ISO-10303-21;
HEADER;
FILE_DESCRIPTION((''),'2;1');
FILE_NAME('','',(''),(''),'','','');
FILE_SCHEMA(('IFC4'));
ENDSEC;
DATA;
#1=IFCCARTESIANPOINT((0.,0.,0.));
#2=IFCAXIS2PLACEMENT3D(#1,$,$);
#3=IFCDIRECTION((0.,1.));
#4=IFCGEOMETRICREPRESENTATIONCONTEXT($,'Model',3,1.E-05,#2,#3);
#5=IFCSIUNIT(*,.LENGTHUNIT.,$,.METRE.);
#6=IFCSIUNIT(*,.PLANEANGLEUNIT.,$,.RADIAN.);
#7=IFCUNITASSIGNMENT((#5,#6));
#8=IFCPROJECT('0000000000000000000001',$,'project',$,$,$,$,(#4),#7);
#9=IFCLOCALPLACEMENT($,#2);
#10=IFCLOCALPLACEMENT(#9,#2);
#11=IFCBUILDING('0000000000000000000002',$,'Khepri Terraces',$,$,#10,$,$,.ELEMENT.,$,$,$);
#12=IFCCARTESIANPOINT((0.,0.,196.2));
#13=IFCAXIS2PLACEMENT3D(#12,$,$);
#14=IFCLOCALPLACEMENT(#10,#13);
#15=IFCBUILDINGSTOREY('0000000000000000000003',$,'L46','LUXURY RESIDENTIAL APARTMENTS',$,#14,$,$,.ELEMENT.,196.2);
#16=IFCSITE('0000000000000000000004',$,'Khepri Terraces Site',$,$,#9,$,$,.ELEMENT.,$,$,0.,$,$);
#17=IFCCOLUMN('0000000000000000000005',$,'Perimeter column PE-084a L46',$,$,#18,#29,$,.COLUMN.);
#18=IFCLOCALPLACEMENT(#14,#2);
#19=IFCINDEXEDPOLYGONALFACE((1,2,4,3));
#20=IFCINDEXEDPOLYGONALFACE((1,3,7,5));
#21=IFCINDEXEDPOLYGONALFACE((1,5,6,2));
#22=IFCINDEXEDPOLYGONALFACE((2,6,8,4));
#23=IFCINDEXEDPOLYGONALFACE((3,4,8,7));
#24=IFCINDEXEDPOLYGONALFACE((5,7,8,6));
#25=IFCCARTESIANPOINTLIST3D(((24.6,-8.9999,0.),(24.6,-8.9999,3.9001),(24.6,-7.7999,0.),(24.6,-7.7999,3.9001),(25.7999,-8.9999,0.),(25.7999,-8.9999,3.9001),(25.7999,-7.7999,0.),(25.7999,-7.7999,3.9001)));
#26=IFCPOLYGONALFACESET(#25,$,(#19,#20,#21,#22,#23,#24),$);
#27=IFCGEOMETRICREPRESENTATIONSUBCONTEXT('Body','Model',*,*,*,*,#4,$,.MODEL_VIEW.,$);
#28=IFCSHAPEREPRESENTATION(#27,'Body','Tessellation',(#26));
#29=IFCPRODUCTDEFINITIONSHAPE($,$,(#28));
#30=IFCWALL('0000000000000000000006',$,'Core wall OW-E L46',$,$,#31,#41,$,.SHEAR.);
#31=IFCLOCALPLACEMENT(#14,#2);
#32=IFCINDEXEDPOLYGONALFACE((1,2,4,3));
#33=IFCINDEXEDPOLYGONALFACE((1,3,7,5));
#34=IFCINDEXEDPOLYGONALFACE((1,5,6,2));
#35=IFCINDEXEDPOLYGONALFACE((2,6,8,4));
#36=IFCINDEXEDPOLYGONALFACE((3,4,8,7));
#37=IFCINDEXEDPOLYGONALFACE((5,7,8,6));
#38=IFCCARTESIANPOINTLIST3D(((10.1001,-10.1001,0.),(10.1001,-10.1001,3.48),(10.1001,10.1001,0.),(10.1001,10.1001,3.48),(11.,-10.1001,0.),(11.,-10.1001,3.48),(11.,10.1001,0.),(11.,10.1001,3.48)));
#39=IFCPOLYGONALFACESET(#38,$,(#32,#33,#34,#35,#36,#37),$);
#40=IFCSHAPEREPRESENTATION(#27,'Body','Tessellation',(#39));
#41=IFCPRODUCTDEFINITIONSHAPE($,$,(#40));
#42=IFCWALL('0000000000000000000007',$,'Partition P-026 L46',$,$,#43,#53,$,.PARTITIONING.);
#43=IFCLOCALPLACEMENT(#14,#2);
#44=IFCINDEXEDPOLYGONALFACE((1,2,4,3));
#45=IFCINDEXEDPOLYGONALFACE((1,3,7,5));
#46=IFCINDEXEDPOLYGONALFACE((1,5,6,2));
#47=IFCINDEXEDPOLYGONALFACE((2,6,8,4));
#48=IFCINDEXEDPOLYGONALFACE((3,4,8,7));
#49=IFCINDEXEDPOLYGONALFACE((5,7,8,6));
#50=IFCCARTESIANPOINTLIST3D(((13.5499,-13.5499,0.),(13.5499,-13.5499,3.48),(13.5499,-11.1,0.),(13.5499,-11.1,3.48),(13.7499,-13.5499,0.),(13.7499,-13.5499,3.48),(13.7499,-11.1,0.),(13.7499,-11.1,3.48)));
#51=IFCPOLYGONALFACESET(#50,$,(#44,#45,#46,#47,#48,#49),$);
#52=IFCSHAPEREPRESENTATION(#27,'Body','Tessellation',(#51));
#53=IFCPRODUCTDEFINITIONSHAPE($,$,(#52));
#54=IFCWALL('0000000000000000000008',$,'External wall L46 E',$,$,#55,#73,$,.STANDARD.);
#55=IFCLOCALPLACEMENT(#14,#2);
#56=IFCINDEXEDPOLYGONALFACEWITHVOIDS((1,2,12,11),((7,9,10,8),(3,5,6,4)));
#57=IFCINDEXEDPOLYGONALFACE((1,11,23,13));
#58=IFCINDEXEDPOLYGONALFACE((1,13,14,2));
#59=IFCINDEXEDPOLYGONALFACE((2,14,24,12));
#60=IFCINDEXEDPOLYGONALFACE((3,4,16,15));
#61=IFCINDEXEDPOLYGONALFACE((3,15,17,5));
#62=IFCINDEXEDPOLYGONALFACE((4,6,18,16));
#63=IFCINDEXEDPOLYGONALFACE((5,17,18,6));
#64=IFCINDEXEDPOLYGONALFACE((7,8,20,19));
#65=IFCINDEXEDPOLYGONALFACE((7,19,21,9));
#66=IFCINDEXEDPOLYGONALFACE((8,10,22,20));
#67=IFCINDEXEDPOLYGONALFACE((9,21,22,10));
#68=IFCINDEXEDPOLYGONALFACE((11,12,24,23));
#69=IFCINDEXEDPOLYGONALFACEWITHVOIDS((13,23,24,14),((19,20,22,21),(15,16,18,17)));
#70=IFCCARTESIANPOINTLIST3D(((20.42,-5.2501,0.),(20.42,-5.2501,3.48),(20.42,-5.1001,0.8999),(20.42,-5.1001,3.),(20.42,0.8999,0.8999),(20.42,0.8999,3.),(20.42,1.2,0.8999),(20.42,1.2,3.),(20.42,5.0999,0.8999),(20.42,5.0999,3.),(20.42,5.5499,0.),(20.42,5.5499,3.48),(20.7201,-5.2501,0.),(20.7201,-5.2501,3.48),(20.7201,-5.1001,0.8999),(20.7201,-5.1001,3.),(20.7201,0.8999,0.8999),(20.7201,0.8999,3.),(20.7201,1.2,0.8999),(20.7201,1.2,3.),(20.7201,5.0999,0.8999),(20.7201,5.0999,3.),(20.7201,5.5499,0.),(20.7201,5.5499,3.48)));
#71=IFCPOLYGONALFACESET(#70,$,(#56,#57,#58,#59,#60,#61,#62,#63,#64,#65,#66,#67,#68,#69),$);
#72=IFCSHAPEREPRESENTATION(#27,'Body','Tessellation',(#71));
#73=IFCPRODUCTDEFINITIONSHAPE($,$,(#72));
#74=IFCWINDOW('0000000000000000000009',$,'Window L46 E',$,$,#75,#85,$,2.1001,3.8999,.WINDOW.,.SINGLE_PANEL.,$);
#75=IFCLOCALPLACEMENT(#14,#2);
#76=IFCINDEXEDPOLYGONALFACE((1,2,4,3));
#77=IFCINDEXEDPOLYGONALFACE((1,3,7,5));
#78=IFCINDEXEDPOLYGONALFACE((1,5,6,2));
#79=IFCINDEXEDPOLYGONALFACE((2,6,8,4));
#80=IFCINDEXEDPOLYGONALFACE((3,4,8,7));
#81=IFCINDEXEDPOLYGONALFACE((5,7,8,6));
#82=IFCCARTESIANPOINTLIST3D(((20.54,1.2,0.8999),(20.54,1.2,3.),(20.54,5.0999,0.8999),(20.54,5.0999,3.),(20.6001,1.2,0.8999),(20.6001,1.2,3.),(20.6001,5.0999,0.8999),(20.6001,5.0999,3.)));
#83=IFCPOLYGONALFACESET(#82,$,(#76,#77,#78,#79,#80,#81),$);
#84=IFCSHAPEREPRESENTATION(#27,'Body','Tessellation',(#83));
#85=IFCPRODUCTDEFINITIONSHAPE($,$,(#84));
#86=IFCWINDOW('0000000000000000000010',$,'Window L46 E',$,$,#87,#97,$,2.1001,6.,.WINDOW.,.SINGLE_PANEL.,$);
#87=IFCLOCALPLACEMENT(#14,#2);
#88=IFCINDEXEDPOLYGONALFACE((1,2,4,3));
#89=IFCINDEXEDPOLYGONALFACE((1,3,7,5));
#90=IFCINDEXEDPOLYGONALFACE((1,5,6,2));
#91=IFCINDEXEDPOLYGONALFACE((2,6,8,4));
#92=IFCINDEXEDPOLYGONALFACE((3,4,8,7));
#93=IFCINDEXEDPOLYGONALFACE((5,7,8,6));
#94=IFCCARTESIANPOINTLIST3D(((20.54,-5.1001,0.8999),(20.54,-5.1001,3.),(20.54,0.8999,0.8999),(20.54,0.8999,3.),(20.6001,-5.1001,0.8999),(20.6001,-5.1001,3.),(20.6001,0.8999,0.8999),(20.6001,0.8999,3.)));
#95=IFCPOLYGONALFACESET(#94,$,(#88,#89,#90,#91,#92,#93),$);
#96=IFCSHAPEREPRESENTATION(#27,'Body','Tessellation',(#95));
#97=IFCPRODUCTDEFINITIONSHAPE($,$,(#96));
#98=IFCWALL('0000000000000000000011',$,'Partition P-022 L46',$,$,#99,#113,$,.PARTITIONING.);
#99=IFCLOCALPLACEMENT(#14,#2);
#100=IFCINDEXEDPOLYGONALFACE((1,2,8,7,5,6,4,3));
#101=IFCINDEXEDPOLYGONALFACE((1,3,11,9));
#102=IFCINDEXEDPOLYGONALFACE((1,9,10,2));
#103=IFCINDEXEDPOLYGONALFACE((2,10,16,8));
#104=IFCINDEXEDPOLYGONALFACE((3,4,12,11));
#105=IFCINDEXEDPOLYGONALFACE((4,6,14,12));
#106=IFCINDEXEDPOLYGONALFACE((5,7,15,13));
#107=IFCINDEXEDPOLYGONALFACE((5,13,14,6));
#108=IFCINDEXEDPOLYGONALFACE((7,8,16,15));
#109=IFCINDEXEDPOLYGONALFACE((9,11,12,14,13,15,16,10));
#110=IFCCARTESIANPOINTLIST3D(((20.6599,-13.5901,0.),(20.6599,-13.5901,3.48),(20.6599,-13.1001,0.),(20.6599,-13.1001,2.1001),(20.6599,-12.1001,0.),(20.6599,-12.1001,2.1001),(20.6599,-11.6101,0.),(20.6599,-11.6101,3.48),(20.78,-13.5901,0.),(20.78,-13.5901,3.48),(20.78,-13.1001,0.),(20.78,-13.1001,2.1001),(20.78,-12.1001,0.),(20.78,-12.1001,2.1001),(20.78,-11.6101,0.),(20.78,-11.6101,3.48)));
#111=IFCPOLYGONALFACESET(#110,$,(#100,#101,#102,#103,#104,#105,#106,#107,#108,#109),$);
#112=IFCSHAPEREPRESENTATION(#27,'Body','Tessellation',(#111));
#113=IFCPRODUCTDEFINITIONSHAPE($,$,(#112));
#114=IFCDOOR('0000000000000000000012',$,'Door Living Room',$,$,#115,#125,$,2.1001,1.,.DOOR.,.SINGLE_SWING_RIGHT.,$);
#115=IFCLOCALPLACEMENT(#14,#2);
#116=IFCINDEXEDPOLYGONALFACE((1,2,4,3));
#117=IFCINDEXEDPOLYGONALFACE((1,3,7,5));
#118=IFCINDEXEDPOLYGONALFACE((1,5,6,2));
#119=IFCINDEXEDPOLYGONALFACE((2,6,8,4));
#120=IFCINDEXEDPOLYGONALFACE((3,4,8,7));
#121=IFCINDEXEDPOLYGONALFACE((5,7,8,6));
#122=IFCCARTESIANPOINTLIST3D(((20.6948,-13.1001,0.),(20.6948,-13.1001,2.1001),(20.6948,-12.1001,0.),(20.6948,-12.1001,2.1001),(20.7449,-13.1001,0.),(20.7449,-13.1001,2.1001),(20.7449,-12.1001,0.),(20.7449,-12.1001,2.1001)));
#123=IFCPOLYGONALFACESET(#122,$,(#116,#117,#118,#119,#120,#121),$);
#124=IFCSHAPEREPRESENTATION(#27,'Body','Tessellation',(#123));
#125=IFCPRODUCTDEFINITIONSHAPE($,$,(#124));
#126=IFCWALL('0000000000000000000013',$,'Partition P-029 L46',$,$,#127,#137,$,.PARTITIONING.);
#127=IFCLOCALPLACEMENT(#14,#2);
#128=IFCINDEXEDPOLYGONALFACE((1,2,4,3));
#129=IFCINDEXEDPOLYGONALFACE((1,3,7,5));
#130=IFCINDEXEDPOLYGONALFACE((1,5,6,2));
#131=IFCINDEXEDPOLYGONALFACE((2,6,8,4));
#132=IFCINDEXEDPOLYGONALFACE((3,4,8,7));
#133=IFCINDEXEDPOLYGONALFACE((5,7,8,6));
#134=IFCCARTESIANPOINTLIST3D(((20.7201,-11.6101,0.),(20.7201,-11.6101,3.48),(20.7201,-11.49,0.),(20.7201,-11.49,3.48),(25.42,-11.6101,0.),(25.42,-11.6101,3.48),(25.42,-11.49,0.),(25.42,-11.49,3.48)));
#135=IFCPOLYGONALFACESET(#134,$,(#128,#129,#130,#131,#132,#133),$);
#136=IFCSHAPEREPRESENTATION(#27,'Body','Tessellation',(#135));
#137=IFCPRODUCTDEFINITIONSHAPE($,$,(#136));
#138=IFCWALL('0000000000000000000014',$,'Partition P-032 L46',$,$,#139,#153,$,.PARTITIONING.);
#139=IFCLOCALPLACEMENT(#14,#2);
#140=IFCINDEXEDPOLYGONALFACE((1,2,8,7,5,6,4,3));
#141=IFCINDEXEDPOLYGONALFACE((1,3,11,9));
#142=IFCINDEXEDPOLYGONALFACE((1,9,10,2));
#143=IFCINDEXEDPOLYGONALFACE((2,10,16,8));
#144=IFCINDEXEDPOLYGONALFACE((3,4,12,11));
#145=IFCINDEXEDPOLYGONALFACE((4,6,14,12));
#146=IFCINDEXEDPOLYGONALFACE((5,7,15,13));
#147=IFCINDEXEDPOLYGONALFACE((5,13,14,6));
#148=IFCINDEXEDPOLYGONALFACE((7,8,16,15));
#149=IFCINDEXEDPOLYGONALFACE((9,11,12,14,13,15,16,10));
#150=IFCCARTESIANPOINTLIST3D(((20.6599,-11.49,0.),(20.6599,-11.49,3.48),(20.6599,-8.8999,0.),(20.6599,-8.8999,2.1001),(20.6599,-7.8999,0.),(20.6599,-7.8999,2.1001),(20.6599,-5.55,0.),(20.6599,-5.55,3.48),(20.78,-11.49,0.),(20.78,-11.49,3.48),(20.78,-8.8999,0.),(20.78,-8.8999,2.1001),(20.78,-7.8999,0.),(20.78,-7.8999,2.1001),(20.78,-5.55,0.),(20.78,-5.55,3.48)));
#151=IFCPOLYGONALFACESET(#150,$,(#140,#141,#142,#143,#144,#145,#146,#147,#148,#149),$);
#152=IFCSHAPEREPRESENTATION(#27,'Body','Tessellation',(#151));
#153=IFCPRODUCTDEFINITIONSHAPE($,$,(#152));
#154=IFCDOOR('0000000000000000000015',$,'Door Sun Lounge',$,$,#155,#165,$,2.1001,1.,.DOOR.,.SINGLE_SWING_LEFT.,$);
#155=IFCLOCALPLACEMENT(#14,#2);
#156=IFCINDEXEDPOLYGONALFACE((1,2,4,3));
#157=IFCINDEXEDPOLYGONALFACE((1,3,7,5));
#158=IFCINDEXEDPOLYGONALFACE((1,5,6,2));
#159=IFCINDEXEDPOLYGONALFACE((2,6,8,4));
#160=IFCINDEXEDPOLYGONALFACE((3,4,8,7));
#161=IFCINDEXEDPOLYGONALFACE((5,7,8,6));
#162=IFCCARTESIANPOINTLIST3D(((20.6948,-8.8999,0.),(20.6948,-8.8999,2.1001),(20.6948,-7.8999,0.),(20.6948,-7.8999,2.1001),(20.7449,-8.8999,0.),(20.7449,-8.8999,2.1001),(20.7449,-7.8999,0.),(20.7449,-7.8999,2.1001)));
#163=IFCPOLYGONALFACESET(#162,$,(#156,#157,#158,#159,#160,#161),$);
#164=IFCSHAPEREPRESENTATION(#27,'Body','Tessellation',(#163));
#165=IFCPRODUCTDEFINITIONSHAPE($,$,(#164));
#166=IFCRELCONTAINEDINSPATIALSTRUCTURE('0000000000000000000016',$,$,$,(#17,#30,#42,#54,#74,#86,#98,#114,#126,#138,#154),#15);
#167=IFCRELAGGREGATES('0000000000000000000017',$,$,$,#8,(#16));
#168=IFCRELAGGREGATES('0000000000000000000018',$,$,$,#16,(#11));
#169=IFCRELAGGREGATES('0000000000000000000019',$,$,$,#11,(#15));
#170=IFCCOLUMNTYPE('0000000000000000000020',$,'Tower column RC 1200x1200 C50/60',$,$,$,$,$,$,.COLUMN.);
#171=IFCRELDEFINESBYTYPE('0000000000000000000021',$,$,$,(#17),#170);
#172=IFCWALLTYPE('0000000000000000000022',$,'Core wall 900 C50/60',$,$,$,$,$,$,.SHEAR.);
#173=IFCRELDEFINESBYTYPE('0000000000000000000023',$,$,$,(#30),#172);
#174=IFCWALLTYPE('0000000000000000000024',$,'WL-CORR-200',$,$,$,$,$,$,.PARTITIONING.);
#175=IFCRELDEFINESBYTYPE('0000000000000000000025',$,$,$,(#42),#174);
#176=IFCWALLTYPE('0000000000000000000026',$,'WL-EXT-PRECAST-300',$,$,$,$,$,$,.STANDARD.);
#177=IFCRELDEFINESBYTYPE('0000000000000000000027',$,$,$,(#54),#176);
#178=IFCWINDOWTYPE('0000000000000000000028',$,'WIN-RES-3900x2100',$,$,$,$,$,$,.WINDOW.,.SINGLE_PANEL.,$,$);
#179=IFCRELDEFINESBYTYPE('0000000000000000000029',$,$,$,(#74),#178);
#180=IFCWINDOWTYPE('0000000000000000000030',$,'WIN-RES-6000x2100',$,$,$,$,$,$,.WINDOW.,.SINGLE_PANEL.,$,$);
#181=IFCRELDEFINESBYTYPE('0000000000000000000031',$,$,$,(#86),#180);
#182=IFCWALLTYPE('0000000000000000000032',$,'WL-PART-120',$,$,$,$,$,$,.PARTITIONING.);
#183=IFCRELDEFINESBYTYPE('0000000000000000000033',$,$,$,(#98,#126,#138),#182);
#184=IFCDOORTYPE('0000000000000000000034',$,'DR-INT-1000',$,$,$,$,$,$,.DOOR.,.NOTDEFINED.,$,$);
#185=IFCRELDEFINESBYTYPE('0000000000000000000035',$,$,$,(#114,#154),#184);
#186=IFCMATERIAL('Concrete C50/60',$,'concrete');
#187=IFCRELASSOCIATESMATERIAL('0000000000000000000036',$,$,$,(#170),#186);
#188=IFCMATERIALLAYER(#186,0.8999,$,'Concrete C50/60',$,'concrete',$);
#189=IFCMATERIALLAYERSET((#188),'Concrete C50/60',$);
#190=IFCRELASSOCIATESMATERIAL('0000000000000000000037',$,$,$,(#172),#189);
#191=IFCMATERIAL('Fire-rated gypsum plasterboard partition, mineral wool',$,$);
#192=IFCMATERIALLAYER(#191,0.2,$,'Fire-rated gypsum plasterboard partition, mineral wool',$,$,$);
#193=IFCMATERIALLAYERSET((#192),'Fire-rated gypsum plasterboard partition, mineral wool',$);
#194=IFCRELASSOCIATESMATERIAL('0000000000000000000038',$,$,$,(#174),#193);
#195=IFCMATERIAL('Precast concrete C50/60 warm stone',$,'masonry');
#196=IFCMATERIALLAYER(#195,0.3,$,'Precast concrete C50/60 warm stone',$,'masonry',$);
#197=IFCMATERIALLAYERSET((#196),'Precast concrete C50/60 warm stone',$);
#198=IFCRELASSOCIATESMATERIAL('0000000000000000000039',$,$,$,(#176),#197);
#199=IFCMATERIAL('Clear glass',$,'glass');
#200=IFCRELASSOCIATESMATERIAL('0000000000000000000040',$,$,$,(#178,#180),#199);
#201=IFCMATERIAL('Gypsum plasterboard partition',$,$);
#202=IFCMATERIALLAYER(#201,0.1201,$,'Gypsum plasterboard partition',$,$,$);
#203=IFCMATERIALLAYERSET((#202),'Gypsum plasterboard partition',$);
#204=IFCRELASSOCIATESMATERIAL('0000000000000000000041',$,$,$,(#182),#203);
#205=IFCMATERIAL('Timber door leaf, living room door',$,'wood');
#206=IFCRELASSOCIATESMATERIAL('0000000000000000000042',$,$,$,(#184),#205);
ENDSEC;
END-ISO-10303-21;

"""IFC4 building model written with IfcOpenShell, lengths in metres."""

from ifc_helpers import new_model, si_unit, direction, frame, frame_2d, origin, origin_2d, place, context, subcontext, project, spatial, rectangle, extrude, material, layer, layer_set, material_profile, profile_set, type_object, element, fill, save


model = new_model("IFC4")

# Units and contexts
model_context = context("Model", 3, precision=1e-05, world=origin(), true_north=direction((0.0, 1.0)))
body_context = subcontext(model_context, "Body", "Model", "MODEL_VIEW")
ifc_project = project(units=[si_unit("LENGTHUNIT", "METRE"), si_unit("PLANEANGLEUNIT", "RADIAN")], contexts=[model_context])

# Site, building, storey
site_placement = place(None, origin())
site = spatial("IfcSite", under=ifc_project, at=site_placement, Name="Khepri Terraces Site", CompositionType="ELEMENT", RefElevation=0.0)
building_placement = place(site_placement, origin())
building = spatial("IfcBuilding", under=site, at=building_placement, Name="Khepri Terraces", CompositionType="ELEMENT")
storey_placement = place(building_placement, frame((0.0, 0.0, 196.2)))
storey = spatial("IfcBuildingStorey", under=building, at=storey_placement, Name="L46", Description="LUXURY RESIDENTIAL APARTMENTS", CompositionType="ELEMENT", Elevation=196.2)

# Column
ifc_material_1 = material(Name="Concrete C50/60", Category="concrete")
ifc_material_profile = material_profile(ifc_material_1, rectangle(XDim=1.2, YDim=1.2, at=origin_2d()), Name="Concrete C50/60", Category="concrete")
ifc_profile_set = profile_set([ifc_material_profile], Name="Concrete C50/60")
column_type = type_object("IfcColumnType", Name="Tower column RC 1200x1200 C50/60", PredefinedType="COLUMN", material=ifc_profile_set)
column_placement = place(storey_placement, frame((25.2, -8.3999, 0.0), z_axis=(0.0, 0.0, 1.0), x_axis=(1.0, 0.0, 0.0)))
element("IfcColumn", 1, at=column_placement, inside=storey, type_object=column_type, Name="Perimeter column PE-084a L46", PredefinedType="COLUMN", context=body_context, shape_type="SweptSolid", body=[
    extrude(rectangle(XDim=1.2, YDim=1.2, at=origin_2d()), origin(), (0.0, 0.0, 1.0), 3.9001),
])

# Walls
ifc_layer_1 = layer(ifc_material_1, 0.8999, Name="Concrete C50/60", Category="concrete")
ifc_layer_set_1 = layer_set([ifc_layer_1], Name="Concrete C50/60")
wall_type_1 = type_object("IfcWallType", Name="Core wall 900 C50/60", PredefinedType="SHEAR", material=ifc_layer_set_1)
wall_1_placement = place(storey_placement, frame((10.55, -10.1001, 0.0), z_axis=(0.0, 0.0, 1.0), x_axis=(0.0, 1.0, 0.0)))
element("IfcWall", 2, at=wall_1_placement, inside=storey, type_object=wall_type_1, Name="Core wall OW-E L46", PredefinedType="SHEAR", context=body_context, shape_type="SweptSolid", body=[
    extrude(rectangle(XDim=20.2002, YDim=0.8999, at=frame_2d((10.1001, 0.0))), origin(), (0.0, 0.0, 1.0), 3.48),
])
ifc_material_2 = material(Name="Fire-rated gypsum plasterboard partition, mineral wool")
ifc_layer_2 = layer(ifc_material_2, 0.2, Name="Fire-rated gypsum plasterboard partition, mineral wool")
ifc_layer_set_2 = layer_set([ifc_layer_2], Name="Fire-rated gypsum plasterboard partition, mineral wool")
wall_type_2 = type_object("IfcWallType", Name="WL-CORR-200", PredefinedType="PARTITIONING", material=ifc_layer_set_2)
wall_2_placement = place(storey_placement, frame((13.6499, -13.55, 0.0), z_axis=(0.0, 0.0, 1.0), x_axis=(0.0, 1.0, 0.0)))
element("IfcWall", 3, at=wall_2_placement, inside=storey, type_object=wall_type_2, Name="Partition P-026 L46", PredefinedType="PARTITIONING", context=body_context, shape_type="SweptSolid", body=[
    extrude(rectangle(XDim=2.45, YDim=0.2, at=frame_2d((1.2251, 0.0))), origin(), (0.0, 0.0, 1.0), 3.48),
])

# Shared definitions
ifc_material_3 = material(Name="Precast concrete C50/60 warm stone", Category="masonry")
ifc_layer_3 = layer(ifc_material_3, 0.3, Name="Precast concrete C50/60 warm stone", Category="masonry")
ifc_layer_set_3 = layer_set([ifc_layer_3], Name="Precast concrete C50/60 warm stone")
wall_type_3 = type_object("IfcWallType", Name="WL-EXT-PRECAST-300", PredefinedType="STANDARD", material=ifc_layer_set_3)

# Wall, openings, windows
wall_3_placement = place(storey_placement, frame((20.5701, -5.25, 0.0), z_axis=(0.0, 0.0, 1.0), x_axis=(0.0, 1.0, 0.0)))
wall_3 = element("IfcWall", 4, at=wall_3_placement, inside=storey, type_object=wall_type_3, Name="External wall L46 E", PredefinedType="STANDARD", context=body_context, shape_type="SweptSolid", body=[
    extrude(rectangle(XDim=10.8, YDim=0.3, at=frame_2d((5.3999, 0.0))), origin(), (0.0, 0.0, 1.0), 3.48),
])
opening_1_placement = place(wall_3_placement, frame((0.1499, 0.0, 0.8999)))
opening_1 = element("IfcOpeningElement", 5, at=opening_1_placement, cuts=wall_3, PredefinedType="OPENING", context=body_context, shape_type="SweptSolid", body=[
    extrude(rectangle(XDim=6.0, YDim=2.1001, at=frame_2d((3.0, 1.05))), frame((0.0, 0.1602, 0.0), z_axis=(0.0, -1.0, 0.0), x_axis=(1.0, 0.0, 0.0)), (0.0, 0.0, 1.0), 0.3201),
])
opening_2_placement = place(wall_3_placement, frame((6.45, 0.0, 0.8999)))
opening_2 = element("IfcOpeningElement", 6, at=opening_2_placement, cuts=wall_3, PredefinedType="OPENING", context=body_context, shape_type="SweptSolid", body=[
    extrude(rectangle(XDim=3.8999, YDim=2.1001, at=frame_2d((1.95, 1.05))), frame((0.0, 0.1602, 0.0), z_axis=(0.0, -1.0, 0.0), x_axis=(1.0, 0.0, 0.0)), (0.0, 0.0, 1.0), 0.3201),
])
ifc_material_4 = material(Name="Clear glass", Category="glass")
window_type_1 = type_object("IfcWindowType", Name="WIN-RES-3900x2100", PartitioningType="SINGLE_PANEL", PredefinedType="WINDOW", material=ifc_material_4)
window_1_placement = place(opening_2_placement, origin())
window_1 = element("IfcWindow", 7, at=window_1_placement, inside=storey, type_object=window_type_1, Name="Window L46 E", OverallHeight=2.1001, OverallWidth=3.8999, PartitioningType="SINGLE_PANEL", PredefinedType="WINDOW", context=body_context, shape_type="SweptSolid", body=[
    extrude(rectangle(XDim=3.8999, YDim=2.1001, at=frame_2d((1.95, 1.05))), frame((0.0, 0.03, 0.0), z_axis=(0.0, -1.0, 0.0), x_axis=(1.0, 0.0, 0.0)), (0.0, 0.0, 1.0), 0.0601),
])
fill(opening_2, window_1)
window_type_2 = type_object("IfcWindowType", Name="WIN-RES-6000x2100", PartitioningType="SINGLE_PANEL", PredefinedType="WINDOW", material=ifc_material_4)
window_2_placement = place(opening_1_placement, origin())
window_2 = element("IfcWindow", 8, at=window_2_placement, inside=storey, type_object=window_type_2, Name="Window L46 E", OverallHeight=2.1001, OverallWidth=6.0, PartitioningType="SINGLE_PANEL", PredefinedType="WINDOW", context=body_context, shape_type="SweptSolid", body=[
    extrude(rectangle(XDim=6.0, YDim=2.1001, at=frame_2d((3.0, 1.05))), frame((0.0, 0.03, 0.0), z_axis=(0.0, -1.0, 0.0), x_axis=(1.0, 0.0, 0.0)), (0.0, 0.0, 1.0), 0.0601),
])
fill(opening_1, window_2)

# Wall, opening, door
ifc_material_5 = material(Name="Gypsum plasterboard partition")
ifc_layer_4 = layer(ifc_material_5, 0.1201, Name="Gypsum plasterboard partition")
ifc_layer_set_4 = layer_set([ifc_layer_4], Name="Gypsum plasterboard partition")
wall_type_4 = type_object("IfcWallType", Name="WL-PART-120", PredefinedType="PARTITIONING", material=ifc_layer_set_4)
wall_4_placement = place(storey_placement, frame((20.72, -13.5901, 0.0), z_axis=(0.0, 0.0, 1.0), x_axis=(0.0, 1.0, 0.0)))
wall_4 = element("IfcWall", 9, at=wall_4_placement, inside=storey, type_object=wall_type_4, Name="Partition P-022 L46", PredefinedType="PARTITIONING", context=body_context, shape_type="SweptSolid", body=[
    extrude(rectangle(XDim=1.98, YDim=0.1201, at=frame_2d((0.99, 0.0))), origin(), (0.0, 0.0, 1.0), 3.48),
])
opening_3_placement = place(wall_4_placement, frame((0.49, 0.0, 0.0)))
opening_3 = element("IfcOpeningElement", 10, at=opening_3_placement, cuts=wall_4, PredefinedType="OPENING", context=body_context, shape_type="SweptSolid", body=[
    extrude(rectangle(XDim=1.0, YDim=2.1001, at=frame_2d((0.5, 1.05))), frame((0.0, 0.0701, 0.0), z_axis=(0.0, -1.0, 0.0), x_axis=(1.0, 0.0, 0.0)), (0.0, 0.0, 1.0), 0.1401),
])
ifc_material_6 = material(Name="Timber door leaf, living room door", Category="wood")
door_type_1 = type_object("IfcDoorType", Name="DR-INT-1000", OperationType="NOTDEFINED", PredefinedType="DOOR", material=ifc_material_6)
door_1_placement = place(opening_3_placement, frame((1.0, 0.0, 0.0), z_axis=(0.0, 0.0, 1.0), x_axis=(-1.0, 0.0, 0.0)))
door_1 = element("IfcDoor", 11, at=door_1_placement, inside=storey, type_object=door_type_1, Name="Door Living Room", OperationType="SINGLE_SWING_RIGHT", OverallHeight=2.1001, OverallWidth=1.0, PredefinedType="DOOR", context=body_context, shape_type="SweptSolid", body=[
    extrude(rectangle(XDim=1.0, YDim=2.1001, at=frame_2d((0.5, 1.05))), frame((0.0, 0.0249, 0.0), z_axis=(0.0, -1.0, 0.0), x_axis=(1.0, 0.0, 0.0)), (0.0, 0.0, 1.0), 0.05),
])
fill(opening_3, door_1)

# Wall
wall_5_placement = place(storey_placement, frame((20.72, -11.55, 0.0), z_axis=(0.0, 0.0, 1.0), x_axis=(1.0, 0.0, 0.0)))
element("IfcWall", 12, at=wall_5_placement, inside=storey, type_object=wall_type_4, Name="Partition P-029 L46", PredefinedType="PARTITIONING", context=body_context, shape_type="SweptSolid", body=[
    extrude(rectangle(XDim=4.7, YDim=0.1201, at=frame_2d((2.3501, 0.0))), origin(), (0.0, 0.0, 1.0), 3.48),
])

# Wall, opening, door
wall_6_placement = place(storey_placement, frame((20.72, -11.49, 0.0), z_axis=(0.0, 0.0, 1.0), x_axis=(0.0, 1.0, 0.0)))
wall_6 = element("IfcWall", 13, at=wall_6_placement, inside=storey, type_object=wall_type_4, Name="Partition P-032 L46", PredefinedType="PARTITIONING", context=body_context, shape_type="SweptSolid", body=[
    extrude(rectangle(XDim=5.9399, YDim=0.1201, at=frame_2d((2.97, 0.0))), origin(), (0.0, 0.0, 1.0), 3.48),
])
opening_4_placement = place(wall_6_placement, frame((2.5901, 0.0, 0.0)))
opening_4 = element("IfcOpeningElement", 14, at=opening_4_placement, cuts=wall_6, PredefinedType="OPENING", context=body_context, shape_type="SweptSolid", body=[
    extrude(rectangle(XDim=1.0, YDim=2.1001, at=frame_2d((0.5, 1.05))), frame((0.0, 0.0701, 0.0), z_axis=(0.0, -1.0, 0.0), x_axis=(1.0, 0.0, 0.0)), (0.0, 0.0, 1.0), 0.1401),
])
door_2_placement = place(opening_4_placement, frame((1.0, 0.0, 0.0), z_axis=(0.0, 0.0, 1.0), x_axis=(-1.0, 0.0, 0.0)))
door_2 = element("IfcDoor", 15, at=door_2_placement, inside=storey, type_object=door_type_1, Name="Door Sun Lounge", OperationType="SINGLE_SWING_LEFT", OverallHeight=2.1001, OverallWidth=1.0, PredefinedType="DOOR", context=body_context, shape_type="SweptSolid", body=[
    extrude(rectangle(XDim=1.0, YDim=2.1001, at=frame_2d((0.5, 1.05))), frame((0.0, 0.0249, 0.0), z_axis=(0.0, -1.0, 0.0), x_axis=(1.0, 0.0, 0.0)), (0.0, 0.0, 1.0), 0.05),
])
fill(opening_4, door_2)

save(model, "model.ifc")
